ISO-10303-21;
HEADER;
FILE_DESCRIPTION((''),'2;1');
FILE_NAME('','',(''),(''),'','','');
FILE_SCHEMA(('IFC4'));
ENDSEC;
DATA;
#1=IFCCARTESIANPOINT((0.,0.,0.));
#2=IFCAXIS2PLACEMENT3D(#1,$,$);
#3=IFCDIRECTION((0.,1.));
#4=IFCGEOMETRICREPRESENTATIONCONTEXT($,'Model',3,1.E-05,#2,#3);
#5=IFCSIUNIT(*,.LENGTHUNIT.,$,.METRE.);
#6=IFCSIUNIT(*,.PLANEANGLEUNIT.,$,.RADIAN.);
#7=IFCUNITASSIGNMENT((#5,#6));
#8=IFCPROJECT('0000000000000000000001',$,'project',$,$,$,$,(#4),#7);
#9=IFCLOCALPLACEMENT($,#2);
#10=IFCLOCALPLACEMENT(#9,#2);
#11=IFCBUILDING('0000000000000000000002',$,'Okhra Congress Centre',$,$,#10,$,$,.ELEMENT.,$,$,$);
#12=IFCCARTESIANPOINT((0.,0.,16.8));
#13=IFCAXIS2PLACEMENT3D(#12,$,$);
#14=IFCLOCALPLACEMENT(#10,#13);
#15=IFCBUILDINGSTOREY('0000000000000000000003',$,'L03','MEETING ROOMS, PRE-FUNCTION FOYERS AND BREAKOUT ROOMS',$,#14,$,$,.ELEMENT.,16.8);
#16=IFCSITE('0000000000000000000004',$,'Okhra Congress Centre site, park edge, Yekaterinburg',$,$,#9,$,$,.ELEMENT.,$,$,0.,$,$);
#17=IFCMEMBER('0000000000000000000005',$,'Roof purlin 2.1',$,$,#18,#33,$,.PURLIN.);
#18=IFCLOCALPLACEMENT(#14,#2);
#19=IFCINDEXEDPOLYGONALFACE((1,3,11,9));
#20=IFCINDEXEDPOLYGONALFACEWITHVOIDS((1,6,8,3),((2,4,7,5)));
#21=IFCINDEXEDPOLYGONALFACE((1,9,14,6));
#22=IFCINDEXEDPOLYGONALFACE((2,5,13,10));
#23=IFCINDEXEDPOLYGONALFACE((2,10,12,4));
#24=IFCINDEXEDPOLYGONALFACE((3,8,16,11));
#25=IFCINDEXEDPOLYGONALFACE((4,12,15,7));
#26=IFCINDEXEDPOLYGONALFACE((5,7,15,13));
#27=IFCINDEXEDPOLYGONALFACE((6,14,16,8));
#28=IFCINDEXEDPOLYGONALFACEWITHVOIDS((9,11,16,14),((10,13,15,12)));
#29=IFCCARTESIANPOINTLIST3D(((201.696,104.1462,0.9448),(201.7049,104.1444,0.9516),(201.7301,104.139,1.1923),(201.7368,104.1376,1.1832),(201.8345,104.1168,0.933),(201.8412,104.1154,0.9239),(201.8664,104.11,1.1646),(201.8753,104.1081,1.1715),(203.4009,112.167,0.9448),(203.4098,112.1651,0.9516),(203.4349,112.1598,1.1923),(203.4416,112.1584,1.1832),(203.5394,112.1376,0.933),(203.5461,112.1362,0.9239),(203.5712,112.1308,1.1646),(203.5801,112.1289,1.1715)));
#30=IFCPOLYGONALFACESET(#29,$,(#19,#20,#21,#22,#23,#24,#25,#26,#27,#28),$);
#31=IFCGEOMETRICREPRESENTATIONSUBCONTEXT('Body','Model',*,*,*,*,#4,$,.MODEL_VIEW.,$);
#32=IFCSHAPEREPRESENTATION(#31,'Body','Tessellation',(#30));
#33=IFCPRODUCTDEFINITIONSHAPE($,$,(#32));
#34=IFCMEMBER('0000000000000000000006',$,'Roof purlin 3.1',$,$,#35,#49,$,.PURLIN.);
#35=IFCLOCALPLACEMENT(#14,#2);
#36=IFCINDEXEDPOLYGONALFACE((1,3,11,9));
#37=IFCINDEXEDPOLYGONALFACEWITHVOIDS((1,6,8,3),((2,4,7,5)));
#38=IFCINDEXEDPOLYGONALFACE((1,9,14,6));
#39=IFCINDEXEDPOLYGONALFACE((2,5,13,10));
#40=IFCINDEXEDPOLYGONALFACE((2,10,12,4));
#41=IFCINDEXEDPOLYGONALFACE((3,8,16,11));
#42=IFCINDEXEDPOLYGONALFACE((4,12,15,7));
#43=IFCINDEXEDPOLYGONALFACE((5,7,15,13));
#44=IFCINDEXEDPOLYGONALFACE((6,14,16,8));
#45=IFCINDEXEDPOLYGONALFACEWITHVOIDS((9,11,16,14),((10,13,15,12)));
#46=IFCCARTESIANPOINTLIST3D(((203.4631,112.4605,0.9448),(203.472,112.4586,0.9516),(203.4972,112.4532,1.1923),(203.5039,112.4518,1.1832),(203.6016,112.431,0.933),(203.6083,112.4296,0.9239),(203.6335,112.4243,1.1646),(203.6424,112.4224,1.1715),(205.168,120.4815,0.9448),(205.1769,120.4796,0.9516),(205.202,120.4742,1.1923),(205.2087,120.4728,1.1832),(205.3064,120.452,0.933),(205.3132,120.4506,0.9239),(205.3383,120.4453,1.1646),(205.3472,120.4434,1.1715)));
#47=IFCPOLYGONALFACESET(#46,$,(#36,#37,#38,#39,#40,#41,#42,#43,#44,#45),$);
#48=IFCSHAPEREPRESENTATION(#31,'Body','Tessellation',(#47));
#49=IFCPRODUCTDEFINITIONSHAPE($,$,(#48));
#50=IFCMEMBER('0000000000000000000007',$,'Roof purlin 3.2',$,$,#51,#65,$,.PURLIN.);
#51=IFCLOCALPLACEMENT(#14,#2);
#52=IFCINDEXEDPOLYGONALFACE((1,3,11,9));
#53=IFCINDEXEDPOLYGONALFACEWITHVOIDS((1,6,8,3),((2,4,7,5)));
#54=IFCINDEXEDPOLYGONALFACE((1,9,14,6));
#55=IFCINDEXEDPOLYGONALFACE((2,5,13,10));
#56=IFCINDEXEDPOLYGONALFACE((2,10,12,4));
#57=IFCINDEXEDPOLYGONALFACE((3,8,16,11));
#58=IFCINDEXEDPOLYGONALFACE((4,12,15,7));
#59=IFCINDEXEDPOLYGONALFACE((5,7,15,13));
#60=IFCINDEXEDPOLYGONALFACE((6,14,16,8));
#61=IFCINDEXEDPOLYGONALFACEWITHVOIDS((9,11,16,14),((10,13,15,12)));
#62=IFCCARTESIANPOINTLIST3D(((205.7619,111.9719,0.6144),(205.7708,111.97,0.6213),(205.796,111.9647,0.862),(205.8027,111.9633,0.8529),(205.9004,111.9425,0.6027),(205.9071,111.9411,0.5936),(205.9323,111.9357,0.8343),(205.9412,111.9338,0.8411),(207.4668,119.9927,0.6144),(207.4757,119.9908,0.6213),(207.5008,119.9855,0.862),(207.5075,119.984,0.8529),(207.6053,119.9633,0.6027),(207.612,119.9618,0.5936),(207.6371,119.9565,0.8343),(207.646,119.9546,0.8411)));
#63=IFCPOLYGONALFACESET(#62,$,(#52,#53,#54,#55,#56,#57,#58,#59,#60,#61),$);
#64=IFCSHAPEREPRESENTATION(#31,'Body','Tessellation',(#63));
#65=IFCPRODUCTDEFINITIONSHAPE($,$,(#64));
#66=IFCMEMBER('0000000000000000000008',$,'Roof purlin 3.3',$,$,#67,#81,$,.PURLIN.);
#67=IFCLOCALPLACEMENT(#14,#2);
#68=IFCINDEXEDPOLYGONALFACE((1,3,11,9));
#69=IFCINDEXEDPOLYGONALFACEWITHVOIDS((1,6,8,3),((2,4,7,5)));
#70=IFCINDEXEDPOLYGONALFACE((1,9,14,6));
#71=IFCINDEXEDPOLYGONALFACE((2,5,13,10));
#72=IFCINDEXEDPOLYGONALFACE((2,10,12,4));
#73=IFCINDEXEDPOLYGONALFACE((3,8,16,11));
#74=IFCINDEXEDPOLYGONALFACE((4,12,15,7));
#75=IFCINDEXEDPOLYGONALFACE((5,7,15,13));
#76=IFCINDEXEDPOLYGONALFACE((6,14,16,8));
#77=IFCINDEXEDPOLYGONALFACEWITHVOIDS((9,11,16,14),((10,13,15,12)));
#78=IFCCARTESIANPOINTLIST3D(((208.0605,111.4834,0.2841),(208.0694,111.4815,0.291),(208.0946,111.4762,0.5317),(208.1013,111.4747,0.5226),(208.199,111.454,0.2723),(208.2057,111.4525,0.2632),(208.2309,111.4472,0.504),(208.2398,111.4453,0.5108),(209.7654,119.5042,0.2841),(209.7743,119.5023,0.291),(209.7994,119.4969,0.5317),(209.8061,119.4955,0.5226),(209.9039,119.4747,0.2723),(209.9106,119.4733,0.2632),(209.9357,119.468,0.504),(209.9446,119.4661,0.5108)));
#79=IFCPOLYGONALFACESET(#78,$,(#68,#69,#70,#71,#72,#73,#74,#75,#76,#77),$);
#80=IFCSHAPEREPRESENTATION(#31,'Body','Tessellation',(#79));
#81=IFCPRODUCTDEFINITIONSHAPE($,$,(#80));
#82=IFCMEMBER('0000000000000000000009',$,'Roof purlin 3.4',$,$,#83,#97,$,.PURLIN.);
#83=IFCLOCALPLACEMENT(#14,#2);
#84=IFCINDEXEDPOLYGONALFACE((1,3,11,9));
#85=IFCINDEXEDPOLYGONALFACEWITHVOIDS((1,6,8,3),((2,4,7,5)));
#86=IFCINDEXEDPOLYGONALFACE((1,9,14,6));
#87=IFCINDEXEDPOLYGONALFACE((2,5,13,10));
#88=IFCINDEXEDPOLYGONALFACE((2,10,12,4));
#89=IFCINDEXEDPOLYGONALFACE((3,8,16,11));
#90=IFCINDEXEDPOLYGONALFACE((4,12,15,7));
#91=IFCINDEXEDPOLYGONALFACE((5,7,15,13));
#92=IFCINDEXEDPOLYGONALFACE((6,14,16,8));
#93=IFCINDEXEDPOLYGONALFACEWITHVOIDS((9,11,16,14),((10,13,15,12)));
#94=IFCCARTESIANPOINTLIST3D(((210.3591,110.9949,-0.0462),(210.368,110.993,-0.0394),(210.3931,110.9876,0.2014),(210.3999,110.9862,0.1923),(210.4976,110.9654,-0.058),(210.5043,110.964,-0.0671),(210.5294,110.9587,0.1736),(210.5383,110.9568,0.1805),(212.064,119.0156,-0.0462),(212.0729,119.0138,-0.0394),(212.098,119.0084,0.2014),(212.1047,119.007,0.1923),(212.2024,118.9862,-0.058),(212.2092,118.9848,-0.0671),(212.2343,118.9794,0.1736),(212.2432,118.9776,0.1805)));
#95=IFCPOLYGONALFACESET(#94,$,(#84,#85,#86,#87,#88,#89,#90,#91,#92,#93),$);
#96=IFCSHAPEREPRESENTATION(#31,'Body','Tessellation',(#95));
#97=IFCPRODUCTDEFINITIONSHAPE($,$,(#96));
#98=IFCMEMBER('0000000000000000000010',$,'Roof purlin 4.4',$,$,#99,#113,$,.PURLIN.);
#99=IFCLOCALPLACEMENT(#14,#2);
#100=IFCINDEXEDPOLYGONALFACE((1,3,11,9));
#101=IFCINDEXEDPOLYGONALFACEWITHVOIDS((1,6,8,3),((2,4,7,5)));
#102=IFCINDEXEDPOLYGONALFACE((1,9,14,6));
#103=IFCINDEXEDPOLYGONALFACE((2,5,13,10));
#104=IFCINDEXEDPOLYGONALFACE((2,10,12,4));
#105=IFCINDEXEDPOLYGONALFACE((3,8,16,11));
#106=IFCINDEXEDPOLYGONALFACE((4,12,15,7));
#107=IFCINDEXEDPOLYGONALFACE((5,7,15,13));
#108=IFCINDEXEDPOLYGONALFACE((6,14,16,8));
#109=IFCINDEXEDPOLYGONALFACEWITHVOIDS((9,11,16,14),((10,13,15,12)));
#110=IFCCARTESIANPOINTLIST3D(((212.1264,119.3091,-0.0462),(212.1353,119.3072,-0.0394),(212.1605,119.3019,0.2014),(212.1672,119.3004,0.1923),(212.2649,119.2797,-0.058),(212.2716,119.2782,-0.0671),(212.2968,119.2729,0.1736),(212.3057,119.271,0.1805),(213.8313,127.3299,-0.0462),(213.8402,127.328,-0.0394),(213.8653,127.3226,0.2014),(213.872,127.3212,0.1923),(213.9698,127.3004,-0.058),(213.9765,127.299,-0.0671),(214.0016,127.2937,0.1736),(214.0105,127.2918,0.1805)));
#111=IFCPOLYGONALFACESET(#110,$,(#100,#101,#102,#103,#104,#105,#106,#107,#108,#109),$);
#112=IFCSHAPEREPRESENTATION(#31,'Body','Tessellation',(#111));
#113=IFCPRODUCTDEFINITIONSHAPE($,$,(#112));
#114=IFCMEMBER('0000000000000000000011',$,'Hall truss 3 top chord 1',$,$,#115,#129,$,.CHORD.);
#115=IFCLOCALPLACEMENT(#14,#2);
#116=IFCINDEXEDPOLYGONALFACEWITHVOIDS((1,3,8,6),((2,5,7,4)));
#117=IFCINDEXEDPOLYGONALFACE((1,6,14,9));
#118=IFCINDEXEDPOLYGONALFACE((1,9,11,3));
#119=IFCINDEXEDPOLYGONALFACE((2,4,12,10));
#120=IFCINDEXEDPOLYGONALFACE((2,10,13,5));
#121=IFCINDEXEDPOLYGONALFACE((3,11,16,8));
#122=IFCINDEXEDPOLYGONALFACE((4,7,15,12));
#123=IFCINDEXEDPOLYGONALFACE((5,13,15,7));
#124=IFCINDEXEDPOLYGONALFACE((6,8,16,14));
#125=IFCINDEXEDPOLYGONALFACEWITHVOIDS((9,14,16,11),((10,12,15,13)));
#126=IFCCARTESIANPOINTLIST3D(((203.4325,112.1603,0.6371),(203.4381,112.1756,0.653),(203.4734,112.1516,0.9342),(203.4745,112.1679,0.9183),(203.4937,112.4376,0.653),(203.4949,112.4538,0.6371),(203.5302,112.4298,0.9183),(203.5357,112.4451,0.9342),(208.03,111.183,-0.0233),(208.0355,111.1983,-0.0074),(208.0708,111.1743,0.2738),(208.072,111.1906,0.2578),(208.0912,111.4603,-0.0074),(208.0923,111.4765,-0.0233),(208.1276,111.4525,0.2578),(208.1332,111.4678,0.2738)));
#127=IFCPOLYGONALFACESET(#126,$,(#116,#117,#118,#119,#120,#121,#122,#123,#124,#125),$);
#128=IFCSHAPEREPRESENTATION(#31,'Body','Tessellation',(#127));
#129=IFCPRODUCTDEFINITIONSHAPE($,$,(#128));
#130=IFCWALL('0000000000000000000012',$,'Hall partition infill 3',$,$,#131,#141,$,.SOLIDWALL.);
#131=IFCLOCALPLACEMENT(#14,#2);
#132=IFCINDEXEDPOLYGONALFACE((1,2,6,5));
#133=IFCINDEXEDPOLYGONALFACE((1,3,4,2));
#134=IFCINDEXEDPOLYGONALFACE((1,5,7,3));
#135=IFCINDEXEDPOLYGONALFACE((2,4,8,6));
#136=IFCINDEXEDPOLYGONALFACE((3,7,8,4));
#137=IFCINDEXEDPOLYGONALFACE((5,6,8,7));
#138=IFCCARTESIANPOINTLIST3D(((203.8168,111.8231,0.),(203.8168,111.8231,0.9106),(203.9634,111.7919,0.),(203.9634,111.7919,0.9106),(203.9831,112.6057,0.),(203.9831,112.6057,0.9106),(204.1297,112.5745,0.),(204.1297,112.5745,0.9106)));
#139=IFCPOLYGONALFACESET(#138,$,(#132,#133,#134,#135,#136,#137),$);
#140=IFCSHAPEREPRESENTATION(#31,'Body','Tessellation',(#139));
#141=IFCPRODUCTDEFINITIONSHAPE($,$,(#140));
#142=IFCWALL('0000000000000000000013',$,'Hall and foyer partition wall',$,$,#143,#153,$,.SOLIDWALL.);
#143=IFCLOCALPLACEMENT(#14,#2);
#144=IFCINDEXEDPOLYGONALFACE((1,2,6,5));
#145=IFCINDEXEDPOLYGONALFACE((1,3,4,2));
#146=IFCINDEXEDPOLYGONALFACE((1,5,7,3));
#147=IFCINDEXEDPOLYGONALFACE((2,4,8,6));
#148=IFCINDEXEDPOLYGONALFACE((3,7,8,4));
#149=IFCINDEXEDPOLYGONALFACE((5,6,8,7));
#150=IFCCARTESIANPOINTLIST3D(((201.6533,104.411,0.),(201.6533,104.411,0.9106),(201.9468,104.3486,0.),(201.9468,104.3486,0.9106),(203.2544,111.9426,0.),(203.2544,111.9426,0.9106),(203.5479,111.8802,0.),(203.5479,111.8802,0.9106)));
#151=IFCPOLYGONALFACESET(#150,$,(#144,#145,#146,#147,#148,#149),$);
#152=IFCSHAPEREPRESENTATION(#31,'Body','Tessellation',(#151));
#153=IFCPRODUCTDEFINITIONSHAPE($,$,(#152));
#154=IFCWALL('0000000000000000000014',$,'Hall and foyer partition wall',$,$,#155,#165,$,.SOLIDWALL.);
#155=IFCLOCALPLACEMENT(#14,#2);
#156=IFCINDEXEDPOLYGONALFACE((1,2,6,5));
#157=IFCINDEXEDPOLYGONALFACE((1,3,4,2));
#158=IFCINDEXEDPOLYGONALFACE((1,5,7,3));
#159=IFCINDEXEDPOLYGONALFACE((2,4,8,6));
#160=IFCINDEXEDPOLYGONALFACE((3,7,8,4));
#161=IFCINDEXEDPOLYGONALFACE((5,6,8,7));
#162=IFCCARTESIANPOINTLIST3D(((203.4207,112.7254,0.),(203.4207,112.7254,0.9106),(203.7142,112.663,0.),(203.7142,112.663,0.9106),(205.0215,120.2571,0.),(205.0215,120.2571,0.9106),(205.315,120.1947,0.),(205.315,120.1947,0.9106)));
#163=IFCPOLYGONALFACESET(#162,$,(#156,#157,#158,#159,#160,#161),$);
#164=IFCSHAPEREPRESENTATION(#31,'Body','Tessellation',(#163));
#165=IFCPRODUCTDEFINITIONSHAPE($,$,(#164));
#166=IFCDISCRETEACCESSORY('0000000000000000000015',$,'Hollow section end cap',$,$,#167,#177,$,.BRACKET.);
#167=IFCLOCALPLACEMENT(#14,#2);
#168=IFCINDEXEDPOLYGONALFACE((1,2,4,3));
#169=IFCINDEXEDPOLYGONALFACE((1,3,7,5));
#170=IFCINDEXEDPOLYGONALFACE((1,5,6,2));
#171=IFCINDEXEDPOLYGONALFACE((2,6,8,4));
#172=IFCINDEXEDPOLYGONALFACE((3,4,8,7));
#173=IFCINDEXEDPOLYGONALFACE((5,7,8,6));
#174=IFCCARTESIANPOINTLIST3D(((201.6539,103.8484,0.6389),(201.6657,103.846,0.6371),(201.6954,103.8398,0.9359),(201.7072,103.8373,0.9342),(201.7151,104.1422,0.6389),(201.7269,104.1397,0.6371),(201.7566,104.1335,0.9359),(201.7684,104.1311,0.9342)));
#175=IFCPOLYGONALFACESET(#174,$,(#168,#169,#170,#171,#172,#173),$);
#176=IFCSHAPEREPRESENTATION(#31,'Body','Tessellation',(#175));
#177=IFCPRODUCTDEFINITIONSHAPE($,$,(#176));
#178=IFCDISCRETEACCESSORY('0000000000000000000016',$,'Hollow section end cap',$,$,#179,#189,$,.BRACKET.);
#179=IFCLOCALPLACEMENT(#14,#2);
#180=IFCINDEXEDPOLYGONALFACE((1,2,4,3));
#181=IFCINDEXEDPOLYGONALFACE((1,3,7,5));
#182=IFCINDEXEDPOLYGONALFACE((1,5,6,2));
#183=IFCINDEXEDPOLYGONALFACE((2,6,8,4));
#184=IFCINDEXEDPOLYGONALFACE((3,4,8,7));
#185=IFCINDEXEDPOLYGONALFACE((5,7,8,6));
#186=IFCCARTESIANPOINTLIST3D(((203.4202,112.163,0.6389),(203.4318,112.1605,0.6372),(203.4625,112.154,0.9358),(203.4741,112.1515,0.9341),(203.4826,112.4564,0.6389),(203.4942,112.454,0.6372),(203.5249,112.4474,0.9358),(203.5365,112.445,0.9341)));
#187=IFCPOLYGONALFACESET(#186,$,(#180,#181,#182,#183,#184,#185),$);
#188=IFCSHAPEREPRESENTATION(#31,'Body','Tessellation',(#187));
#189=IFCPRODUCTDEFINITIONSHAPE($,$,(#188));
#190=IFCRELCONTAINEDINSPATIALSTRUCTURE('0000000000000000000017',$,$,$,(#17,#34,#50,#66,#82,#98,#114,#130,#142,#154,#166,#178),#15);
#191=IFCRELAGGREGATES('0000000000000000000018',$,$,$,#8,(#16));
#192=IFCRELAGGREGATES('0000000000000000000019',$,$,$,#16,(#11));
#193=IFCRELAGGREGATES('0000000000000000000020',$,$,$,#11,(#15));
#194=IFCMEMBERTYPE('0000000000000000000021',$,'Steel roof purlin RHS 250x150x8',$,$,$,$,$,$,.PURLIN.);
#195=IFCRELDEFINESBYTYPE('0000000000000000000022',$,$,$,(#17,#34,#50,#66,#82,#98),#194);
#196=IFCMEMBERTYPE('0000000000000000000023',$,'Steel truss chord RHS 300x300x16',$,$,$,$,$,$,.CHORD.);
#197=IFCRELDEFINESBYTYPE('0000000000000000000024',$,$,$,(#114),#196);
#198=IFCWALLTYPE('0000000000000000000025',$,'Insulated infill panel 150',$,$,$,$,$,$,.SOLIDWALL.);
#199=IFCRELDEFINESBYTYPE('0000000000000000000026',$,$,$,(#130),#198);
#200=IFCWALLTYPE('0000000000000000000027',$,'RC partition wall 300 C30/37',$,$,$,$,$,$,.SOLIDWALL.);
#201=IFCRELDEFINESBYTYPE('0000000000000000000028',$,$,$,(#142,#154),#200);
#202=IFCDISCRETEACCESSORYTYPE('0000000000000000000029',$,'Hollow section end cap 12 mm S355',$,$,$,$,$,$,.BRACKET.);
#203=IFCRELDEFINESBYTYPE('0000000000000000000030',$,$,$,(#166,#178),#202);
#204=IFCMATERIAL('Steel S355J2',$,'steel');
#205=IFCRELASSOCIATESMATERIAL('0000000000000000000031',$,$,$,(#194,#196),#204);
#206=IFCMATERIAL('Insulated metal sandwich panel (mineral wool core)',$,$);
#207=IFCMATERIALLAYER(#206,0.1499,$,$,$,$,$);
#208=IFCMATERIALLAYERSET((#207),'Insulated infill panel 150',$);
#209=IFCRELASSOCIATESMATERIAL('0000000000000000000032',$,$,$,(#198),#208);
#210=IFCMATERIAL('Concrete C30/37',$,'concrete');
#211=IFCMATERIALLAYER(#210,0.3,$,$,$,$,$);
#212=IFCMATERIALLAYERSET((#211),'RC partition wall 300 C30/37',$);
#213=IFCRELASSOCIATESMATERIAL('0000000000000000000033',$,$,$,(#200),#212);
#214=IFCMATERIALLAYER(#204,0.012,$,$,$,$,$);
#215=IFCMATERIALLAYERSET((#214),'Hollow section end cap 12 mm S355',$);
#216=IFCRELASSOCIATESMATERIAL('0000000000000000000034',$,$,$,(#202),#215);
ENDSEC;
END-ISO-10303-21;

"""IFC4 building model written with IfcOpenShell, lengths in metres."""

from ifc_helpers import new_model, si_unit, direction, frame, frame_2d, origin, origin_2d, place, context, subcontext, project, spatial, rectangle, hollow_rectangle, extrude, material, layer, layer_set, material_profile, profile_set, type_object, element, save


model = new_model("IFC4")

# Units and contexts
model_context = context("Model", 3, precision=1e-05, world=origin(), true_north=direction((0.0, 1.0)))
body_context = subcontext(model_context, "Body", "Model", "MODEL_VIEW")
ifc_project = project(units=[si_unit("LENGTHUNIT", "METRE"), si_unit("PLANEANGLEUNIT", "RADIAN")], contexts=[model_context])

# Site, building, storey
site_placement = place(None, origin())
site = spatial("IfcSite", under=ifc_project, at=site_placement, Name="Okhra Congress Centre site, park edge, Yekaterinburg", CompositionType="ELEMENT", RefElevation=0.0)
building_placement = place(site_placement, origin())
building = spatial("IfcBuilding", under=site, at=building_placement, Name="Okhra Congress Centre", CompositionType="ELEMENT")
storey_placement = place(building_placement, frame((0.0, 0.0, 16.8)))
storey = spatial("IfcBuildingStorey", under=building, at=storey_placement, Name="L03", Description="MEETING ROOMS, PRE-FUNCTION FOYERS AND BREAKOUT ROOMS", CompositionType="ELEMENT", Elevation=16.8)

# Members
ifc_material_1 = material(Name="Steel S355J2", Category="steel")
ifc_material_profile_1 = material_profile(ifc_material_1, hollow_rectangle(XDim=0.1499, YDim=0.25, WallThickness=0.0081, at=origin_2d()), Name="RHS 250x150x8")
ifc_profile_set_1 = profile_set([ifc_material_profile_1], Name="Steel S355J2")
member_type_1 = type_object("IfcMemberType", Name="Steel roof purlin RHS 250x150x8", PredefinedType="PURLIN", material=ifc_profile_set_1)
member_1_placement = place(storey_placement, frame((201.7856, 104.1272, 1.0581), z_axis=(0.207908, 0.978148, 0.0), x_axis=(-0.968629, 0.205885, 0.139173)))
element("IfcMember", 1, at=member_1_placement, inside=storey, type_object=member_type_1, Name="Roof purlin 2.1", PredefinedType="PURLIN", context=body_context, shape_type="SweptSolid", body=[
    extrude(hollow_rectangle(XDim=0.1499, YDim=0.25, WallThickness=0.0081, at=origin_2d()), origin(), (0.0, 0.0, 1.0), 8.2),
])
member_2_placement = place(storey_placement, frame((203.5527, 112.4414, 1.0581), z_axis=(0.207902, 0.97815, 0.0), x_axis=(-0.96863, 0.205879, 0.139173)))
element("IfcMember", 2, at=member_2_placement, inside=storey, type_object=member_type_1, Name="Roof purlin 3.1", PredefinedType="PURLIN", context=body_context, shape_type="SweptSolid", body=[
    extrude(hollow_rectangle(XDim=0.1499, YDim=0.25, WallThickness=0.0081, at=origin_2d()), origin(), (0.0, 0.0, 1.0), 8.2002),
])
for number, where, z_axis, x_axis, name in (
    (3, (205.8516, 111.9529, 0.7278), (0.207908, 0.978148, 0.0), (-0.968629, 0.205885, 0.139173), "Roof purlin 3.2"),
    (4, (208.1501, 111.4644, 0.3975), (0.207908, 0.978148, 0.0), (-0.968629, 0.205885, 0.139173), "Roof purlin 3.3"),
    (5, (210.4487, 110.9758, 0.0671), (0.207908, 0.978148, 0.0), (-0.968629, 0.205885, 0.139173), "Roof purlin 3.4"),
    (6, (212.2161, 119.29, 0.0671), (0.207908, 0.978148, 0.0), (-0.968629, 0.205885, 0.139173), "Roof purlin 4.4"),
):
    element("IfcMember", number, at=place(storey_placement, frame(where, z_axis=z_axis, x_axis=x_axis)), inside=storey, type_object=member_type_1, Name=name, PredefinedType="PURLIN", context=body_context, shape_type="SweptSolid", body=[
        extrude(hollow_rectangle(XDim=0.1499, YDim=0.25, WallThickness=0.0081, at=origin_2d()), origin(), (0.0, 0.0, 1.0), 8.2),
    ])
ifc_material_profile_2 = material_profile(ifc_material_1, hollow_rectangle(XDim=0.3, YDim=0.3, WallThickness=0.0161, at=origin_2d()), Name="RHS 300x300x16")
ifc_profile_set_2 = profile_set([ifc_material_profile_2], Name="Steel S355J2")
member_type_2 = type_object("IfcMemberType", Name="Steel truss chord RHS 300x300x16", PredefinedType="CHORD", material=ifc_profile_set_2)
member_3_placement = place(storey_placement, frame((203.4841, 112.3027, 0.7856), z_axis=(0.968629, -0.205906, -0.13914), x_axis=(0.207929, 0.978144, 0.0)))
element("IfcMember", 7, at=member_3_placement, inside=storey, type_object=member_type_2, Name="Hall truss 3 top chord 1", PredefinedType="CHORD", context=body_context, shape_type="SweptSolid", body=[
    extrude(hollow_rectangle(XDim=0.3, YDim=0.3, WallThickness=0.0161, at=origin_2d()), origin(), (0.0, 0.0, 1.0), 4.7463),
])

# Walls
ifc_material_2 = material(Name="Insulated metal sandwich panel (mineral wool core)")
ifc_layer_1 = layer(ifc_material_2, 0.1499)
ifc_layer_set_1 = layer_set([ifc_layer_1], Name="Insulated infill panel 150")
wall_type_1 = type_object("IfcWallType", Name="Insulated infill panel 150", PredefinedType="SOLIDWALL", material=ifc_layer_set_1)
wall_placement = place(storey_placement, frame((203.8901, 111.8076, 0.0), z_axis=(0.0, 0.0, 1.0), x_axis=(0.207841, 0.978163, 0.0)))
element("IfcWall", 8, at=wall_placement, inside=storey, type_object=wall_type_1, Name="Hall partition infill 3", PredefinedType="SOLIDWALL", context=body_context, shape_type="SweptSolid", body=[
    extrude(rectangle(XDim=0.8, YDim=0.1499, at=frame_2d((0.3999, 0.0))), origin(), (0.0, 0.0, 1.0), 0.9106),
])
ifc_material_3 = material(Name="Concrete C30/37", Category="concrete")
ifc_layer_2 = layer(ifc_material_3, 0.3)
ifc_layer_set_2 = layer_set([ifc_layer_2], Name="RC partition wall 300 C30/37")
wall_type_2 = type_object("IfcWallType", Name="RC partition wall 300 C30/37", PredefinedType="SOLIDWALL", material=ifc_layer_set_2)
for number, where, z_axis, x_axis, name in (
    (9, (201.8, 104.3796, 0.0), (0.0, 0.0, 1.0), (0.207931, 0.978144, 0.0), "Hall and foyer partition wall"),
    (10, (203.5674, 112.6941, 0.0), (0.0, 0.0, 1.0), (0.2079, 0.97815, 0.0), "Hall and foyer partition wall"),
):
    element("IfcWall", number, at=place(storey_placement, frame(where, z_axis=z_axis, x_axis=x_axis)), inside=storey, type_object=wall_type_2, Name=name, PredefinedType="SOLIDWALL", context=body_context, shape_type="SweptSolid", body=[
        extrude(rectangle(XDim=7.7, YDim=0.3, at=frame_2d((3.8501, 0.0))), origin(), (0.0, 0.0, 1.0), 0.9106),
    ])

# Discrete accessories
ifc_layer_3 = layer(ifc_material_1, 0.012)
ifc_layer_set_3 = layer_set([ifc_layer_3], Name="Hollow section end cap 12 mm S355")
discrete_accessory_type_1 = type_object("IfcDiscreteAccessoryType", Name="Hollow section end cap 12 mm S355", PredefinedType="BRACKET", material=ifc_layer_set_3)
discrete_accessory_1_placement = place(storey_placement, frame((201.717, 103.9885, 0.7856), z_axis=(-0.969153, 0.201907, 0.141335), x_axis=(-0.203954, -0.97898, 0.0)))
element("IfcDiscreteAccessory", 11, at=discrete_accessory_1_placement, inside=storey, type_object=discrete_accessory_type_1, Name="Hollow section end cap", PredefinedType="BRACKET", context=body_context, shape_type="SweptSolid", body=[
    extrude(rectangle(XDim=0.3, YDim=0.3, at=origin_2d()), origin(), (0.0, 0.0, 1.0), 0.0122),
])
discrete_accessory_2_placement = place(storey_placement, frame((203.4841, 112.3027, 0.7856), z_axis=(-0.96789, 0.205934, 0.144154), x_axis=(-0.208108, -0.978106, 0.0)))
element("IfcDiscreteAccessory", 12, at=discrete_accessory_2_placement, inside=storey, type_object=discrete_accessory_type_1, Name="Hollow section end cap", PredefinedType="BRACKET", context=body_context, shape_type="SweptSolid", body=[
    extrude(rectangle(XDim=0.3, YDim=0.3, at=origin_2d()), origin(), (0.0, 0.0, 1.0), 0.012),
])

save(model, "model.ifc")
